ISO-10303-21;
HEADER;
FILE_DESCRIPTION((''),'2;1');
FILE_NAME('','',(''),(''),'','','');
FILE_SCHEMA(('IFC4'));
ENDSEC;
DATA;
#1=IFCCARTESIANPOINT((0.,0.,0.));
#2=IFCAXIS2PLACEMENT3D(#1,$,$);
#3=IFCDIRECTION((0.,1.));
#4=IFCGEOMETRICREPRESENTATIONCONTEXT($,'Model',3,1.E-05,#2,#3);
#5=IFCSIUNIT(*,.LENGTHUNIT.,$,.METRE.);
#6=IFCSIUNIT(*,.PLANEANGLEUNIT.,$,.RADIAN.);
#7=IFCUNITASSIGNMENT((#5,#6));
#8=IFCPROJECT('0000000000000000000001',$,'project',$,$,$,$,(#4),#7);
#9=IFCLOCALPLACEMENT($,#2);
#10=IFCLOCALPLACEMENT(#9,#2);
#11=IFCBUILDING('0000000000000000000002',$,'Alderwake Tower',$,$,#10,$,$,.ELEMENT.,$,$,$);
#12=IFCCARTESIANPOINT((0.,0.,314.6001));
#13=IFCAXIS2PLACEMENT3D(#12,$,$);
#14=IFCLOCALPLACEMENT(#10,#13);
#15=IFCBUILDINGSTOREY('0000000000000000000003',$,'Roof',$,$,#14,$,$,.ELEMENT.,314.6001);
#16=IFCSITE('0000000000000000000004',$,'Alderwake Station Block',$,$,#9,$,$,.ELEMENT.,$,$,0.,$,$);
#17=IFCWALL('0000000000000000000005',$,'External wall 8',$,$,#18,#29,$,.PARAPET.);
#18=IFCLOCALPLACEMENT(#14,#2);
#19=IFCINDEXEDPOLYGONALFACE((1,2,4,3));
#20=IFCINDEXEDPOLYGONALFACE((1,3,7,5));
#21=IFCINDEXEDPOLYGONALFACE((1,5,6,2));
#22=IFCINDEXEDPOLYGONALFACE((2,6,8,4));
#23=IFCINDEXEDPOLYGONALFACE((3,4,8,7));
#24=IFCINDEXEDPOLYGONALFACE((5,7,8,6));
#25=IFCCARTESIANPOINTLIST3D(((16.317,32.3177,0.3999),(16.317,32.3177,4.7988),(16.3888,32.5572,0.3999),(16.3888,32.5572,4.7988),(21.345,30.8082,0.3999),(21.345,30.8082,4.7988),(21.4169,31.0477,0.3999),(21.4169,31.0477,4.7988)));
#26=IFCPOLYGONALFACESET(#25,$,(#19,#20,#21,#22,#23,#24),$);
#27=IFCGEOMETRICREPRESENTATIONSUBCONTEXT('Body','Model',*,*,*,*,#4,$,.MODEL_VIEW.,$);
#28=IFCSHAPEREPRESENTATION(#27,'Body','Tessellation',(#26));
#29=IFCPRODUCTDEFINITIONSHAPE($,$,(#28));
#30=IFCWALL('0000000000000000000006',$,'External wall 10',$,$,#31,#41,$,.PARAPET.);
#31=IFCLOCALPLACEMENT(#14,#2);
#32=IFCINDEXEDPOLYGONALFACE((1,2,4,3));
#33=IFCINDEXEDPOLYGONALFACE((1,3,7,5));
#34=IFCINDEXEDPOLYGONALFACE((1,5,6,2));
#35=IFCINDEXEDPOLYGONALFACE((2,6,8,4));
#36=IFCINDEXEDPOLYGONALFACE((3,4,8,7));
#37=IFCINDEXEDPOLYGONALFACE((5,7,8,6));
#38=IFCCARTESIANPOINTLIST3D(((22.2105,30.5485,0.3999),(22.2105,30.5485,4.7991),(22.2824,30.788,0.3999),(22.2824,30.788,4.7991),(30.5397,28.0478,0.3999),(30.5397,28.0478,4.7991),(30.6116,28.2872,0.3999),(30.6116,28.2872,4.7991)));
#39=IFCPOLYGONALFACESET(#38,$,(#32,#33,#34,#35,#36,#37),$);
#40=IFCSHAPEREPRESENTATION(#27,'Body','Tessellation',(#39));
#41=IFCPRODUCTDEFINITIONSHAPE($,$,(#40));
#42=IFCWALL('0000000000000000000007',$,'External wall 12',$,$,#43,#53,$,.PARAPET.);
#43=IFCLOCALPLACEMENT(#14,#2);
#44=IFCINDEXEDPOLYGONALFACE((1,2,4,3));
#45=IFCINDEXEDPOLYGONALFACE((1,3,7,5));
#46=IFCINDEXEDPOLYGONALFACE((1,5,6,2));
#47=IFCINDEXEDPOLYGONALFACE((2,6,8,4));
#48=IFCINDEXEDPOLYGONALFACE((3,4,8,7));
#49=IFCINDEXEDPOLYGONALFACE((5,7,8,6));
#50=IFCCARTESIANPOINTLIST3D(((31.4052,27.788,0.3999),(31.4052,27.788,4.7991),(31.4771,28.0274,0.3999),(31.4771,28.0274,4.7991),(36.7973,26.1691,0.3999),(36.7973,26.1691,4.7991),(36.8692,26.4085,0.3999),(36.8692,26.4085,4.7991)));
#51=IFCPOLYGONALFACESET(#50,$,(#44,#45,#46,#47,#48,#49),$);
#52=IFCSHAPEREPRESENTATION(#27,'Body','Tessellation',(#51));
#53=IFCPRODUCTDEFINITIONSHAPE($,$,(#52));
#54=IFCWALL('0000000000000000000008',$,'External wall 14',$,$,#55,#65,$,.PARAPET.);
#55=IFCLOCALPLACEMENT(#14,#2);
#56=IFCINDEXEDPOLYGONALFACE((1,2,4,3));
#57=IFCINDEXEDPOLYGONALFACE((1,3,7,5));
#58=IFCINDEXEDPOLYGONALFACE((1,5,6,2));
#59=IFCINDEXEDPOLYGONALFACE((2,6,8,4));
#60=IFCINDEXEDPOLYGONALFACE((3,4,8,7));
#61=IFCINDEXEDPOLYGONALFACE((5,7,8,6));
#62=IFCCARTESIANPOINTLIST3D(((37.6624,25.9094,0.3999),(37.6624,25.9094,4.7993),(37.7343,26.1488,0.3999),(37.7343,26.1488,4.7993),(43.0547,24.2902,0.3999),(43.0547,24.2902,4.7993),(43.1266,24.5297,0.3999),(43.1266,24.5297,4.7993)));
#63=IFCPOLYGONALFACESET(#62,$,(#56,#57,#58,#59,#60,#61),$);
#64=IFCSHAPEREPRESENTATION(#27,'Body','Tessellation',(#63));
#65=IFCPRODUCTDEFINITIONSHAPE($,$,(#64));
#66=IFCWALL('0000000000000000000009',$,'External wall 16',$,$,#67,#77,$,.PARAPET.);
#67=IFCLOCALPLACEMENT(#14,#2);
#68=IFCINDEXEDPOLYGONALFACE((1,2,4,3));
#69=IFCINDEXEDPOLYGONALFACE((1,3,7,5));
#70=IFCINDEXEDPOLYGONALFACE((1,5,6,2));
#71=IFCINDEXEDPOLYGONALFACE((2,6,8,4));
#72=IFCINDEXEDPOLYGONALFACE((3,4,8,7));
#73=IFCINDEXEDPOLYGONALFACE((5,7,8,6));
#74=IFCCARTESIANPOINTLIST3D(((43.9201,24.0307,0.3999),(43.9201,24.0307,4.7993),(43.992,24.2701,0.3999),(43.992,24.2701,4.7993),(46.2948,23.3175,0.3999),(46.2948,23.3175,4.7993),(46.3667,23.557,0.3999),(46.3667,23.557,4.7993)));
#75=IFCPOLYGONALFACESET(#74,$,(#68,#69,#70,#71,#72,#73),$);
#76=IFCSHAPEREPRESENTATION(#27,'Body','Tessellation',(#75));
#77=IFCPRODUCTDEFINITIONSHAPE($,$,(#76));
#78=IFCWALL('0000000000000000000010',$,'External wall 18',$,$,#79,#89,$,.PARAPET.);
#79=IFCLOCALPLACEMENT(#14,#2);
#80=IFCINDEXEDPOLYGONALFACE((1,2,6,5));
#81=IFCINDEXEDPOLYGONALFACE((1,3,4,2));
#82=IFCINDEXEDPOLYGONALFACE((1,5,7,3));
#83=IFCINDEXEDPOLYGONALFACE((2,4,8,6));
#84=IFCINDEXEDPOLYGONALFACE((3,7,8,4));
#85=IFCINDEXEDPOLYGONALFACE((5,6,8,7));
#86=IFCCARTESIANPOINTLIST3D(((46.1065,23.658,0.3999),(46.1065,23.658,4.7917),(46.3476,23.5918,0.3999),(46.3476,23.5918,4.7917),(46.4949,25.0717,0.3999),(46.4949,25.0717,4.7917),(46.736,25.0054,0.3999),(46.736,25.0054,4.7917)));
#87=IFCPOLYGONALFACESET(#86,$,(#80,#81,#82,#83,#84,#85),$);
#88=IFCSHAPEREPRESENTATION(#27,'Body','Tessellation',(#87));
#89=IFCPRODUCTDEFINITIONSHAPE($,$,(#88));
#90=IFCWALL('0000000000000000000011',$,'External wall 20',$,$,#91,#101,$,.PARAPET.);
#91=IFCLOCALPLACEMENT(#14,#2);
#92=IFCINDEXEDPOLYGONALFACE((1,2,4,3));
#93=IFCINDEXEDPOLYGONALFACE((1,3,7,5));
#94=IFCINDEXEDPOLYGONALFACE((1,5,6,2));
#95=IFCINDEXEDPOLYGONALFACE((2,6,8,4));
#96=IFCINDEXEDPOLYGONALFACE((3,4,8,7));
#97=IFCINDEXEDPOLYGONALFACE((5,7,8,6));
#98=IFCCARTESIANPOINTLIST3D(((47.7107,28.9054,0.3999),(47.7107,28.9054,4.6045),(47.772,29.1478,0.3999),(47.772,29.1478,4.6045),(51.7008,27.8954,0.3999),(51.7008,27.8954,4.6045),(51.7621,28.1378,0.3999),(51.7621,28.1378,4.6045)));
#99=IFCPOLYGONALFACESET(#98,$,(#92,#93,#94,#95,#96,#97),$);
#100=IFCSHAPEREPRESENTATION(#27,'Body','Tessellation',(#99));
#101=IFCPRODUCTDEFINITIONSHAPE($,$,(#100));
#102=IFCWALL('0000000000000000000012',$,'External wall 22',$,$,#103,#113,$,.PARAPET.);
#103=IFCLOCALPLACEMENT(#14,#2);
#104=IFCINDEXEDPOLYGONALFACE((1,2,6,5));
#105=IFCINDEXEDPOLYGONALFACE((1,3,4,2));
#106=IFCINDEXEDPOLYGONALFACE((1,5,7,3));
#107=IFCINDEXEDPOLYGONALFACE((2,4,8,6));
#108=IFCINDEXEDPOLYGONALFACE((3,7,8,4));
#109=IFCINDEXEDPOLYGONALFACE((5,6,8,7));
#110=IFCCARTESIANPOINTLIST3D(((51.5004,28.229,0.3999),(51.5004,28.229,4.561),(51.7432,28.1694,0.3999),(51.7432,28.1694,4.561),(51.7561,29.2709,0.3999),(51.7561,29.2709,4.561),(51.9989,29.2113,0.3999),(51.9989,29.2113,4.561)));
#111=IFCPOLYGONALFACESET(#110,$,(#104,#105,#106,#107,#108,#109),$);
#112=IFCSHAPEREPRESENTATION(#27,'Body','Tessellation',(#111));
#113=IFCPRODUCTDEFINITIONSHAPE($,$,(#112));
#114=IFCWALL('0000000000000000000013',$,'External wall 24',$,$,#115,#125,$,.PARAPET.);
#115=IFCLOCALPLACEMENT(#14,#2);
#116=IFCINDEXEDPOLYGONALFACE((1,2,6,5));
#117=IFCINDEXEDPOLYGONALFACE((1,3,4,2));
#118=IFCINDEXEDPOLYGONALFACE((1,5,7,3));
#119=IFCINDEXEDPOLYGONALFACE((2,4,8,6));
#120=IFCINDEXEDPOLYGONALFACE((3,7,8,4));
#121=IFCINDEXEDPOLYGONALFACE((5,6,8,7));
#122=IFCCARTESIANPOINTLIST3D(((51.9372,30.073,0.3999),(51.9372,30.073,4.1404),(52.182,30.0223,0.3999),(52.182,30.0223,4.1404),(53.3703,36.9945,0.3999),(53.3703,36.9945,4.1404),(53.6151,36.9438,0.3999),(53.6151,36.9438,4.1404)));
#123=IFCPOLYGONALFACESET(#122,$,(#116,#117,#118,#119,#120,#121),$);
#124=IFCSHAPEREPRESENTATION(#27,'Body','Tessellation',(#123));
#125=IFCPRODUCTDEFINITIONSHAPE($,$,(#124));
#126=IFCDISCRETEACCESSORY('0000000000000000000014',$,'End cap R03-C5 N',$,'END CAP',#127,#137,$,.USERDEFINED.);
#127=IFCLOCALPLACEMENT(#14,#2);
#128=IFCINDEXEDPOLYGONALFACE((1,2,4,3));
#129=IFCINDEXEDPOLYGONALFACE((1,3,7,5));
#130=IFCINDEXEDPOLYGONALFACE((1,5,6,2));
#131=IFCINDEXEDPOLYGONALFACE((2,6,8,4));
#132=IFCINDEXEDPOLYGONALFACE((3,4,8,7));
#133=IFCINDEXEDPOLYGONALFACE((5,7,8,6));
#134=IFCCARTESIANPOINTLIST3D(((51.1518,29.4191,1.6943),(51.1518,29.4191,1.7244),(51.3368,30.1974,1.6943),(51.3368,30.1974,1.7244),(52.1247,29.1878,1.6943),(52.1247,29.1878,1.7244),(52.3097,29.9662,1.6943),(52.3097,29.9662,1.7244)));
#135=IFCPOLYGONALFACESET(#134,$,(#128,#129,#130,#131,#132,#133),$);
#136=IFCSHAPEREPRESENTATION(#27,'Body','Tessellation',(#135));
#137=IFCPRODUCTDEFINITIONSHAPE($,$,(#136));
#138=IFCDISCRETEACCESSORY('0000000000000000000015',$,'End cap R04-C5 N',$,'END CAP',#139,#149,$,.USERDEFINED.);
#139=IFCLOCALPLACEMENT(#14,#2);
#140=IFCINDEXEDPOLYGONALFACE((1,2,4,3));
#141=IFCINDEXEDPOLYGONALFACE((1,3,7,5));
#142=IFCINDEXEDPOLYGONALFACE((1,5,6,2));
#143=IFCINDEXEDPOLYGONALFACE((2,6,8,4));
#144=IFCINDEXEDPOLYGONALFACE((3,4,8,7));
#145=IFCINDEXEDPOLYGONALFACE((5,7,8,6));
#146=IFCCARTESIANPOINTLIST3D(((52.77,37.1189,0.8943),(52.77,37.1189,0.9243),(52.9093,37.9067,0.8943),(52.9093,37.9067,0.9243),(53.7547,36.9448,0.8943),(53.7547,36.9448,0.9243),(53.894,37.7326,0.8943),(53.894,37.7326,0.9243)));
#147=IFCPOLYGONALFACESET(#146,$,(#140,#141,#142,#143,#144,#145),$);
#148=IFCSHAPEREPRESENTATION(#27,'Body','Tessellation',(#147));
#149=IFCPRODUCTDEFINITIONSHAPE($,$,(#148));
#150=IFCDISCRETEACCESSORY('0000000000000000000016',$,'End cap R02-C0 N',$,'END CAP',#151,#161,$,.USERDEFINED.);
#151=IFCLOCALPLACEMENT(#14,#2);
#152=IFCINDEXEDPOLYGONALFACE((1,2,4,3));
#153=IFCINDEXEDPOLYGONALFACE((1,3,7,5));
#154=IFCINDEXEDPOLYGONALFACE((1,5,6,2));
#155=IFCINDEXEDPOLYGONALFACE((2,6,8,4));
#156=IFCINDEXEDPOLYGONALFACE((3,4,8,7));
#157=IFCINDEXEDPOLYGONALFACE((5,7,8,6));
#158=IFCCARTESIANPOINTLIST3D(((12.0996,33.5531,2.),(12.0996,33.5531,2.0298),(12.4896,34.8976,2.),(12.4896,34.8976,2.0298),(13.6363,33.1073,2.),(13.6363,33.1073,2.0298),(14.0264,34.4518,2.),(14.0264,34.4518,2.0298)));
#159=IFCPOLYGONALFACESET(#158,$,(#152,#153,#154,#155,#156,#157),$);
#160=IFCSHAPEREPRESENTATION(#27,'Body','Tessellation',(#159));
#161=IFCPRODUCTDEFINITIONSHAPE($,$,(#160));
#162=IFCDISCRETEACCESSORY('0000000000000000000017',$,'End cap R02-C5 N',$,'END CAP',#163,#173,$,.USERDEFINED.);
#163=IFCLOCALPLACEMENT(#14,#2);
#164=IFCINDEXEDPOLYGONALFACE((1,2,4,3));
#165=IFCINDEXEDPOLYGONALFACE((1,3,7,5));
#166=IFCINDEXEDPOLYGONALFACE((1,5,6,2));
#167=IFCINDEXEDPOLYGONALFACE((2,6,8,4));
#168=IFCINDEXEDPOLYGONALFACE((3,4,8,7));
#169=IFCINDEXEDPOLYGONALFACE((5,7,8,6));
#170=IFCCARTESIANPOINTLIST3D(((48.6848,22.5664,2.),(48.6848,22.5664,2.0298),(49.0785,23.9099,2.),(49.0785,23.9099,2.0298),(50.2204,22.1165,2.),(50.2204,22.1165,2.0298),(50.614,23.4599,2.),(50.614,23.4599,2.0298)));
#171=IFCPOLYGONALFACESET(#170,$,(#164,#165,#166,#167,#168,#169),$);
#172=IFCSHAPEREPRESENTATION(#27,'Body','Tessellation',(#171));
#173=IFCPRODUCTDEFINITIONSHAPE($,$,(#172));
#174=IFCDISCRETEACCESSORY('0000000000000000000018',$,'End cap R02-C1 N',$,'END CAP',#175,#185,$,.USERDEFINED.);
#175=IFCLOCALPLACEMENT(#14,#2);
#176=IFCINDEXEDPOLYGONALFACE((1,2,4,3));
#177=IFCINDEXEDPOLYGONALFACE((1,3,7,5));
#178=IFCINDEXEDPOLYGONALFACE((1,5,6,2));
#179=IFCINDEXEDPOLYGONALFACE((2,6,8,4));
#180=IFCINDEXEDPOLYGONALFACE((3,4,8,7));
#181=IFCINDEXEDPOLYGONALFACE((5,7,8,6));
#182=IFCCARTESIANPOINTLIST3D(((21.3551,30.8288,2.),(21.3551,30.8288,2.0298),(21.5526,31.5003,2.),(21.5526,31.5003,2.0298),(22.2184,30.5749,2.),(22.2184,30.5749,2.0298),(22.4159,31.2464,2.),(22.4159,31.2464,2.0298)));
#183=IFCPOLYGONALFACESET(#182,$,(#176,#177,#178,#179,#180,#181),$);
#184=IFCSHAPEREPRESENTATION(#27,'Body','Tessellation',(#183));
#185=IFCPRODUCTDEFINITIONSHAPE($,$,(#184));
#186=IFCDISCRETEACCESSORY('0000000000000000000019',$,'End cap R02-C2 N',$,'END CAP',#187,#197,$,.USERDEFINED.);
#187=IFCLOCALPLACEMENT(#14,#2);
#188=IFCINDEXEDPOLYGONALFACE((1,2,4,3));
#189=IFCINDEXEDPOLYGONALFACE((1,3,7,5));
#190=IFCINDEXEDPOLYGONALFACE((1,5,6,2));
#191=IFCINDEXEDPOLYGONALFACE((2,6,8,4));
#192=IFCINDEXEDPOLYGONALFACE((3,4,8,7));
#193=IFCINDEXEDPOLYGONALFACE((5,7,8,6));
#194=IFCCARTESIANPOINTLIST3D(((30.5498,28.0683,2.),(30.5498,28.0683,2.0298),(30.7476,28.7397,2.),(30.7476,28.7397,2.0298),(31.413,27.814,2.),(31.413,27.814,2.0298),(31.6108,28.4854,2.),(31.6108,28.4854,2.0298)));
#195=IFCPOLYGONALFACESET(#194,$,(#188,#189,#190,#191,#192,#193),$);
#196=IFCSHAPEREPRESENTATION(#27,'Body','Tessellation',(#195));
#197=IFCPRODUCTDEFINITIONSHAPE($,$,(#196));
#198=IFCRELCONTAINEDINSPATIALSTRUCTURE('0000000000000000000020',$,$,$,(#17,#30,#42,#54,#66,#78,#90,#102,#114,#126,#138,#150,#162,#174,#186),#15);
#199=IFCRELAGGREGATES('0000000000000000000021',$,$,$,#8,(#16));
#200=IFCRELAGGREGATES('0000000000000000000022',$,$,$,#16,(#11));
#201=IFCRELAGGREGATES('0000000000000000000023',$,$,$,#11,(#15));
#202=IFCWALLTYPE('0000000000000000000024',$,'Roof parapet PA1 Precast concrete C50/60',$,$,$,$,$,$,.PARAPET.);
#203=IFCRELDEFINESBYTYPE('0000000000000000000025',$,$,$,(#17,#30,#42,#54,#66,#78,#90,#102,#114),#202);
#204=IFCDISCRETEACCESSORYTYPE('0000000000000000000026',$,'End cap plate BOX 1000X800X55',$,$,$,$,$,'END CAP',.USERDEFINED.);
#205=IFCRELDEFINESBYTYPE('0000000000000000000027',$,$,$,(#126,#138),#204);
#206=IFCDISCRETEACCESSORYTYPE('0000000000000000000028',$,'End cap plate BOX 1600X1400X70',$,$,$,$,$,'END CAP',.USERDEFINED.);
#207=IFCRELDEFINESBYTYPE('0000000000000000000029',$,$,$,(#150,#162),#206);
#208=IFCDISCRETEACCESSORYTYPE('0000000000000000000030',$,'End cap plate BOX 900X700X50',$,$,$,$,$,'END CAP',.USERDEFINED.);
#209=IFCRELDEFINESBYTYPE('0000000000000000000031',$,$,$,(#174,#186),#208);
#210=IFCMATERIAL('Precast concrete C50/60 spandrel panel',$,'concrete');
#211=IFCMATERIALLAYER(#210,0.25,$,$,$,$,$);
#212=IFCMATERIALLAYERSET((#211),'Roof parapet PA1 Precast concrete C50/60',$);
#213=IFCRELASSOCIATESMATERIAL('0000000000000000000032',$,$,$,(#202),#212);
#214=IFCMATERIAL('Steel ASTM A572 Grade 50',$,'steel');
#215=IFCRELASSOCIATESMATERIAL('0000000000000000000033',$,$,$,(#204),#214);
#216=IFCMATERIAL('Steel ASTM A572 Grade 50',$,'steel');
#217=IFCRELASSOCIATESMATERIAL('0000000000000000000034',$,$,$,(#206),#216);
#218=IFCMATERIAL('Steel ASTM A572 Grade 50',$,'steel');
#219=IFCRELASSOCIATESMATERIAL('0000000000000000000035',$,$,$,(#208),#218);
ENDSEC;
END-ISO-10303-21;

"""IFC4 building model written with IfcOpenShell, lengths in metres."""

from ifc_helpers import new_model, si_unit, direction, frame, frame_2d, origin, origin_2d, place, context, subcontext, project, spatial, rectangle, extrude, material, layer, layer_set, material_profile, profile_set, type_object, element, save


model = new_model("IFC4")

# Units and contexts
model_context = context("Model", 3, precision=1e-05, world=origin(), true_north=direction((0.0, 1.0)))
body_context = subcontext(model_context, "Body", "Model", "MODEL_VIEW")
ifc_project = project(units=[si_unit("LENGTHUNIT", "METRE"), si_unit("PLANEANGLEUNIT", "RADIAN")], contexts=[model_context])

# Site, building, storey
site_placement = place(None, origin())
site = spatial("IfcSite", under=ifc_project, at=site_placement, Name="Alderwake Station Block", CompositionType="ELEMENT", RefElevation=0.0)
building_placement = place(site_placement, origin())
building = spatial("IfcBuilding", under=site, at=building_placement, Name="Alderwake Tower", CompositionType="ELEMENT")
storey_placement = place(building_placement, frame((0.0, 0.0, 314.6001)))
storey = spatial("IfcBuildingStorey", under=building, at=storey_placement, Name="Roof", CompositionType="ELEMENT", Elevation=314.6001)

# Walls
ifc_material_1 = material(Name="Precast concrete C50/60 spandrel panel", Category="concrete")
ifc_layer_1 = layer(ifc_material_1, 0.25)
ifc_layer_set_1 = layer_set([ifc_layer_1], Name="Roof parapet PA1 Precast concrete C50/60")
wall_type = type_object("IfcWallType", Name="Roof parapet PA1 Precast concrete C50/60", PredefinedType="PARAPET", material=ifc_layer_set_1)
wall_1_placement = place(storey_placement, frame((16.3528, 32.4375, 0.3999), z_axis=(0.0, 0.0, 1.0), x_axis=(0.957769, -0.28754, 0.0)))
element("IfcWall", 1, at=wall_1_placement, inside=storey, type_object=wall_type, Name="External wall 8", PredefinedType="PARAPET", context=body_context, shape_type="SweptSolid", body=[
    extrude(rectangle(XDim=5.2498, YDim=0.25, at=frame_2d((2.625, 0.0))), origin(), (0.0, 0.0, 1.0), 4.3989),
])
wall_2_placement = place(storey_placement, frame((22.2466, 30.6682, 0.3999), z_axis=(0.0, 0.0, 1.0), x_axis=(0.957763, -0.287559, 0.0)))
element("IfcWall", 2, at=wall_2_placement, inside=storey, type_object=wall_type, Name="External wall 10", PredefinedType="PARAPET", context=body_context, shape_type="SweptSolid", body=[
    extrude(rectangle(XDim=8.6965, YDim=0.25, at=frame_2d((4.3481, 0.0))), origin(), (0.0, 0.0, 1.0), 4.3992),
])
wall_3_placement = place(storey_placement, frame((31.4412, 27.9077, 0.3999), z_axis=(0.0, 0.0, 1.0), x_axis=(0.957764, -0.287555, 0.0)))
element("IfcWall", 3, at=wall_3_placement, inside=storey, type_object=wall_type, Name="External wall 12", PredefinedType="PARAPET", context=body_context, shape_type="SweptSolid", body=[
    extrude(rectangle(XDim=5.6299, YDim=0.25, at=frame_2d((2.8149, 0.0))), origin(), (0.0, 0.0, 1.0), 4.3992),
])
wall_4_placement = place(storey_placement, frame((37.6985, 26.0291, 0.3999), z_axis=(0.0, 0.0, 1.0), x_axis=(0.957756, -0.287583, 0.0)))
element("IfcWall", 4, at=wall_4_placement, inside=storey, type_object=wall_type, Name="External wall 14", PredefinedType="PARAPET", context=body_context, shape_type="SweptSolid", body=[
    extrude(rectangle(XDim=5.6301, YDim=0.25, at=frame_2d((2.8149, 0.0))), origin(), (0.0, 0.0, 1.0), 4.3994),
])
wall_5_placement = place(storey_placement, frame((43.9561, 24.1504, 0.3999), z_axis=(0.0, 0.0, 1.0), x_axis=(0.957748, -0.28761, 0.0)))
element("IfcWall", 5, at=wall_5_placement, inside=storey, type_object=wall_type, Name="External wall 16", PredefinedType="PARAPET", context=body_context, shape_type="SweptSolid", body=[
    extrude(rectangle(XDim=2.4795, YDim=0.25, at=frame_2d((1.2397, 0.0))), origin(), (0.0, 0.0, 1.0), 4.3994),
])
wall_6_placement = place(storey_placement, frame((46.2271, 23.625, 0.3999), z_axis=(0.0, 0.0, 1.0), x_axis=(0.264963, 0.964259, 0.0)))
element("IfcWall", 6, at=wall_6_placement, inside=storey, type_object=wall_type, Name="External wall 18", PredefinedType="PARAPET", context=body_context, shape_type="SweptSolid", body=[
    extrude(rectangle(XDim=1.4661, YDim=0.25, at=frame_2d((0.7329, 0.0))), origin(), (0.0, 0.0, 1.0), 4.3918),
])
wall_7_placement = place(storey_placement, frame((47.7412, 29.0266, 0.3999), z_axis=(0.0, 0.0, 1.0), x_axis=(0.969427, -0.245382, 0.0)))
element("IfcWall", 7, at=wall_7_placement, inside=storey, type_object=wall_type, Name="External wall 20", PredefinedType="PARAPET", context=body_context, shape_type="SweptSolid", body=[
    extrude(rectangle(XDim=4.116, YDim=0.25, at=frame_2d((2.0581, 0.0))), origin(), (0.0, 0.0, 1.0), 4.2046),
])
wall_8_placement = place(storey_placement, frame((51.6218, 28.1992, 0.3999), z_axis=(0.0, 0.0, 1.0), x_axis=(0.238303, 0.971191, 0.0)))
element("IfcWall", 8, at=wall_8_placement, inside=storey, type_object=wall_type, Name="External wall 22", PredefinedType="PARAPET", context=body_context, shape_type="SweptSolid", body=[
    extrude(rectangle(XDim=1.0728, YDim=0.25, at=frame_2d((0.5364, 0.0))), origin(), (0.0, 0.0, 1.0), 4.1611),
])
wall_9_placement = place(storey_placement, frame((52.0596, 30.0476, 0.3999), z_axis=(0.0, 0.0, 1.0), x_axis=(0.202747, 0.979231, 0.0)))
element("IfcWall", 9, at=wall_9_placement, inside=storey, type_object=wall_type, Name="External wall 24", PredefinedType="PARAPET", context=body_context, shape_type="SweptSolid", body=[
    extrude(rectangle(XDim=7.0684, YDim=0.25, at=frame_2d((3.5342, 0.0))), origin(), (0.0, 0.0, 1.0), 3.7405),
])

# Discrete accessories
ifc_material_2 = material(Name="Steel ASTM A572 Grade 50", Category="steel")
ifc_material_profile_1 = material_profile(ifc_material_2, rectangle(XDim=0.8, YDim=1.0, at=origin_2d()), Name="BOX 1000X800X55 cap")
ifc_profile_set_1 = profile_set([ifc_material_profile_1], Name="Steel ASTM A572 Grade 50")
discrete_accessory_type_1 = type_object("IfcDiscreteAccessoryType", Name="End cap plate BOX 1000X800X55", ElementType="END CAP", PredefinedType="USERDEFINED", material=ifc_profile_set_1)
for number, where, z_axis, x_axis, name in (
    (10, (51.7307, 29.6926, 1.6943), (0.0, 0.0, 1.0), (0.231222, 0.972901, 0.0), "End cap R03-C5 N"),
    (11, (53.332, 37.4258, 0.8943), (0.0, 0.0, 1.0), (0.174107, 0.984727, 0.0), "End cap R04-C5 N"),
):
    element("IfcDiscreteAccessory", number, at=place(storey_placement, frame(where, z_axis=z_axis, x_axis=x_axis)), inside=storey, type_object=discrete_accessory_type_1, Name=name, ObjectType="END CAP", PredefinedType="USERDEFINED", context=body_context, shape_type="SweptSolid", body=[
        extrude(rectangle(XDim=0.8, YDim=1.0, at=origin_2d()), origin(), (0.0, 0.0, 1.0), 0.03),
    ])
ifc_material_3 = material(Name="Steel ASTM A572 Grade 50", Category="steel")
ifc_material_profile_2 = material_profile(ifc_material_3, rectangle(XDim=1.3999, YDim=1.6001, at=origin_2d()), Name="BOX 1600X1400X70 cap")
ifc_profile_set_2 = profile_set([ifc_material_profile_2], Name="Steel ASTM A572 Grade 50")
discrete_accessory_type_2 = type_object("IfcDiscreteAccessoryType", Name="End cap plate BOX 1600X1400X70", ElementType="END CAP", PredefinedType="USERDEFINED", material=ifc_profile_set_2)
for number, where, z_axis, x_axis, name in (
    (12, (13.063, 34.0024, 2.0), (0.0, 0.0, 1.0), (0.278612, 0.960404, 0.0), "End cap R02-C0 N"),
    (13, (49.6494, 23.0132, 2.0), (0.0, 0.0, 1.0), (0.281176, 0.959656, 0.0), "End cap R02-C5 N"),
):
    element("IfcDiscreteAccessory", number, at=place(storey_placement, frame(where, z_axis=z_axis, x_axis=x_axis)), inside=storey, type_object=discrete_accessory_type_2, Name=name, ObjectType="END CAP", PredefinedType="USERDEFINED", context=body_context, shape_type="SweptSolid", body=[
        extrude(rectangle(XDim=1.3999, YDim=1.6001, at=origin_2d()), origin(), (0.0, 0.0, 1.0), 0.0298),
    ])
ifc_material_4 = material(Name="Steel ASTM A572 Grade 50", Category="steel")
ifc_material_profile_3 = material_profile(ifc_material_4, rectangle(XDim=0.7, YDim=0.8999, at=origin_2d()), Name="BOX 900X700X50 cap")
ifc_profile_set_3 = profile_set([ifc_material_profile_3], Name="Steel ASTM A572 Grade 50")
discrete_accessory_type_3 = type_object("IfcDiscreteAccessoryType", Name="End cap plate BOX 900X700X50", ElementType="END CAP", PredefinedType="USERDEFINED", material=ifc_profile_set_3)
for number, where, z_axis, x_axis, name in (
    (14, (21.8855, 31.0376, 2.0), (0.0, 0.0, 1.0), (0.282132, 0.959376, 0.0), "End cap R02-C1 N"),
    (15, (31.0803, 28.2769, 2.0), (0.0, 0.0, 1.0), (0.282583, 0.959243, 0.0), "End cap R02-C2 N"),
):
    element("IfcDiscreteAccessory", number, at=place(storey_placement, frame(where, z_axis=z_axis, x_axis=x_axis)), inside=storey, type_object=discrete_accessory_type_3, Name=name, ObjectType="END CAP", PredefinedType="USERDEFINED", context=body_context, shape_type="SweptSolid", body=[
        extrude(rectangle(XDim=0.7, YDim=0.8999, at=origin_2d()), origin(), (0.0, 0.0, 1.0), 0.0298),
    ])

save(model, "model.ifc")
